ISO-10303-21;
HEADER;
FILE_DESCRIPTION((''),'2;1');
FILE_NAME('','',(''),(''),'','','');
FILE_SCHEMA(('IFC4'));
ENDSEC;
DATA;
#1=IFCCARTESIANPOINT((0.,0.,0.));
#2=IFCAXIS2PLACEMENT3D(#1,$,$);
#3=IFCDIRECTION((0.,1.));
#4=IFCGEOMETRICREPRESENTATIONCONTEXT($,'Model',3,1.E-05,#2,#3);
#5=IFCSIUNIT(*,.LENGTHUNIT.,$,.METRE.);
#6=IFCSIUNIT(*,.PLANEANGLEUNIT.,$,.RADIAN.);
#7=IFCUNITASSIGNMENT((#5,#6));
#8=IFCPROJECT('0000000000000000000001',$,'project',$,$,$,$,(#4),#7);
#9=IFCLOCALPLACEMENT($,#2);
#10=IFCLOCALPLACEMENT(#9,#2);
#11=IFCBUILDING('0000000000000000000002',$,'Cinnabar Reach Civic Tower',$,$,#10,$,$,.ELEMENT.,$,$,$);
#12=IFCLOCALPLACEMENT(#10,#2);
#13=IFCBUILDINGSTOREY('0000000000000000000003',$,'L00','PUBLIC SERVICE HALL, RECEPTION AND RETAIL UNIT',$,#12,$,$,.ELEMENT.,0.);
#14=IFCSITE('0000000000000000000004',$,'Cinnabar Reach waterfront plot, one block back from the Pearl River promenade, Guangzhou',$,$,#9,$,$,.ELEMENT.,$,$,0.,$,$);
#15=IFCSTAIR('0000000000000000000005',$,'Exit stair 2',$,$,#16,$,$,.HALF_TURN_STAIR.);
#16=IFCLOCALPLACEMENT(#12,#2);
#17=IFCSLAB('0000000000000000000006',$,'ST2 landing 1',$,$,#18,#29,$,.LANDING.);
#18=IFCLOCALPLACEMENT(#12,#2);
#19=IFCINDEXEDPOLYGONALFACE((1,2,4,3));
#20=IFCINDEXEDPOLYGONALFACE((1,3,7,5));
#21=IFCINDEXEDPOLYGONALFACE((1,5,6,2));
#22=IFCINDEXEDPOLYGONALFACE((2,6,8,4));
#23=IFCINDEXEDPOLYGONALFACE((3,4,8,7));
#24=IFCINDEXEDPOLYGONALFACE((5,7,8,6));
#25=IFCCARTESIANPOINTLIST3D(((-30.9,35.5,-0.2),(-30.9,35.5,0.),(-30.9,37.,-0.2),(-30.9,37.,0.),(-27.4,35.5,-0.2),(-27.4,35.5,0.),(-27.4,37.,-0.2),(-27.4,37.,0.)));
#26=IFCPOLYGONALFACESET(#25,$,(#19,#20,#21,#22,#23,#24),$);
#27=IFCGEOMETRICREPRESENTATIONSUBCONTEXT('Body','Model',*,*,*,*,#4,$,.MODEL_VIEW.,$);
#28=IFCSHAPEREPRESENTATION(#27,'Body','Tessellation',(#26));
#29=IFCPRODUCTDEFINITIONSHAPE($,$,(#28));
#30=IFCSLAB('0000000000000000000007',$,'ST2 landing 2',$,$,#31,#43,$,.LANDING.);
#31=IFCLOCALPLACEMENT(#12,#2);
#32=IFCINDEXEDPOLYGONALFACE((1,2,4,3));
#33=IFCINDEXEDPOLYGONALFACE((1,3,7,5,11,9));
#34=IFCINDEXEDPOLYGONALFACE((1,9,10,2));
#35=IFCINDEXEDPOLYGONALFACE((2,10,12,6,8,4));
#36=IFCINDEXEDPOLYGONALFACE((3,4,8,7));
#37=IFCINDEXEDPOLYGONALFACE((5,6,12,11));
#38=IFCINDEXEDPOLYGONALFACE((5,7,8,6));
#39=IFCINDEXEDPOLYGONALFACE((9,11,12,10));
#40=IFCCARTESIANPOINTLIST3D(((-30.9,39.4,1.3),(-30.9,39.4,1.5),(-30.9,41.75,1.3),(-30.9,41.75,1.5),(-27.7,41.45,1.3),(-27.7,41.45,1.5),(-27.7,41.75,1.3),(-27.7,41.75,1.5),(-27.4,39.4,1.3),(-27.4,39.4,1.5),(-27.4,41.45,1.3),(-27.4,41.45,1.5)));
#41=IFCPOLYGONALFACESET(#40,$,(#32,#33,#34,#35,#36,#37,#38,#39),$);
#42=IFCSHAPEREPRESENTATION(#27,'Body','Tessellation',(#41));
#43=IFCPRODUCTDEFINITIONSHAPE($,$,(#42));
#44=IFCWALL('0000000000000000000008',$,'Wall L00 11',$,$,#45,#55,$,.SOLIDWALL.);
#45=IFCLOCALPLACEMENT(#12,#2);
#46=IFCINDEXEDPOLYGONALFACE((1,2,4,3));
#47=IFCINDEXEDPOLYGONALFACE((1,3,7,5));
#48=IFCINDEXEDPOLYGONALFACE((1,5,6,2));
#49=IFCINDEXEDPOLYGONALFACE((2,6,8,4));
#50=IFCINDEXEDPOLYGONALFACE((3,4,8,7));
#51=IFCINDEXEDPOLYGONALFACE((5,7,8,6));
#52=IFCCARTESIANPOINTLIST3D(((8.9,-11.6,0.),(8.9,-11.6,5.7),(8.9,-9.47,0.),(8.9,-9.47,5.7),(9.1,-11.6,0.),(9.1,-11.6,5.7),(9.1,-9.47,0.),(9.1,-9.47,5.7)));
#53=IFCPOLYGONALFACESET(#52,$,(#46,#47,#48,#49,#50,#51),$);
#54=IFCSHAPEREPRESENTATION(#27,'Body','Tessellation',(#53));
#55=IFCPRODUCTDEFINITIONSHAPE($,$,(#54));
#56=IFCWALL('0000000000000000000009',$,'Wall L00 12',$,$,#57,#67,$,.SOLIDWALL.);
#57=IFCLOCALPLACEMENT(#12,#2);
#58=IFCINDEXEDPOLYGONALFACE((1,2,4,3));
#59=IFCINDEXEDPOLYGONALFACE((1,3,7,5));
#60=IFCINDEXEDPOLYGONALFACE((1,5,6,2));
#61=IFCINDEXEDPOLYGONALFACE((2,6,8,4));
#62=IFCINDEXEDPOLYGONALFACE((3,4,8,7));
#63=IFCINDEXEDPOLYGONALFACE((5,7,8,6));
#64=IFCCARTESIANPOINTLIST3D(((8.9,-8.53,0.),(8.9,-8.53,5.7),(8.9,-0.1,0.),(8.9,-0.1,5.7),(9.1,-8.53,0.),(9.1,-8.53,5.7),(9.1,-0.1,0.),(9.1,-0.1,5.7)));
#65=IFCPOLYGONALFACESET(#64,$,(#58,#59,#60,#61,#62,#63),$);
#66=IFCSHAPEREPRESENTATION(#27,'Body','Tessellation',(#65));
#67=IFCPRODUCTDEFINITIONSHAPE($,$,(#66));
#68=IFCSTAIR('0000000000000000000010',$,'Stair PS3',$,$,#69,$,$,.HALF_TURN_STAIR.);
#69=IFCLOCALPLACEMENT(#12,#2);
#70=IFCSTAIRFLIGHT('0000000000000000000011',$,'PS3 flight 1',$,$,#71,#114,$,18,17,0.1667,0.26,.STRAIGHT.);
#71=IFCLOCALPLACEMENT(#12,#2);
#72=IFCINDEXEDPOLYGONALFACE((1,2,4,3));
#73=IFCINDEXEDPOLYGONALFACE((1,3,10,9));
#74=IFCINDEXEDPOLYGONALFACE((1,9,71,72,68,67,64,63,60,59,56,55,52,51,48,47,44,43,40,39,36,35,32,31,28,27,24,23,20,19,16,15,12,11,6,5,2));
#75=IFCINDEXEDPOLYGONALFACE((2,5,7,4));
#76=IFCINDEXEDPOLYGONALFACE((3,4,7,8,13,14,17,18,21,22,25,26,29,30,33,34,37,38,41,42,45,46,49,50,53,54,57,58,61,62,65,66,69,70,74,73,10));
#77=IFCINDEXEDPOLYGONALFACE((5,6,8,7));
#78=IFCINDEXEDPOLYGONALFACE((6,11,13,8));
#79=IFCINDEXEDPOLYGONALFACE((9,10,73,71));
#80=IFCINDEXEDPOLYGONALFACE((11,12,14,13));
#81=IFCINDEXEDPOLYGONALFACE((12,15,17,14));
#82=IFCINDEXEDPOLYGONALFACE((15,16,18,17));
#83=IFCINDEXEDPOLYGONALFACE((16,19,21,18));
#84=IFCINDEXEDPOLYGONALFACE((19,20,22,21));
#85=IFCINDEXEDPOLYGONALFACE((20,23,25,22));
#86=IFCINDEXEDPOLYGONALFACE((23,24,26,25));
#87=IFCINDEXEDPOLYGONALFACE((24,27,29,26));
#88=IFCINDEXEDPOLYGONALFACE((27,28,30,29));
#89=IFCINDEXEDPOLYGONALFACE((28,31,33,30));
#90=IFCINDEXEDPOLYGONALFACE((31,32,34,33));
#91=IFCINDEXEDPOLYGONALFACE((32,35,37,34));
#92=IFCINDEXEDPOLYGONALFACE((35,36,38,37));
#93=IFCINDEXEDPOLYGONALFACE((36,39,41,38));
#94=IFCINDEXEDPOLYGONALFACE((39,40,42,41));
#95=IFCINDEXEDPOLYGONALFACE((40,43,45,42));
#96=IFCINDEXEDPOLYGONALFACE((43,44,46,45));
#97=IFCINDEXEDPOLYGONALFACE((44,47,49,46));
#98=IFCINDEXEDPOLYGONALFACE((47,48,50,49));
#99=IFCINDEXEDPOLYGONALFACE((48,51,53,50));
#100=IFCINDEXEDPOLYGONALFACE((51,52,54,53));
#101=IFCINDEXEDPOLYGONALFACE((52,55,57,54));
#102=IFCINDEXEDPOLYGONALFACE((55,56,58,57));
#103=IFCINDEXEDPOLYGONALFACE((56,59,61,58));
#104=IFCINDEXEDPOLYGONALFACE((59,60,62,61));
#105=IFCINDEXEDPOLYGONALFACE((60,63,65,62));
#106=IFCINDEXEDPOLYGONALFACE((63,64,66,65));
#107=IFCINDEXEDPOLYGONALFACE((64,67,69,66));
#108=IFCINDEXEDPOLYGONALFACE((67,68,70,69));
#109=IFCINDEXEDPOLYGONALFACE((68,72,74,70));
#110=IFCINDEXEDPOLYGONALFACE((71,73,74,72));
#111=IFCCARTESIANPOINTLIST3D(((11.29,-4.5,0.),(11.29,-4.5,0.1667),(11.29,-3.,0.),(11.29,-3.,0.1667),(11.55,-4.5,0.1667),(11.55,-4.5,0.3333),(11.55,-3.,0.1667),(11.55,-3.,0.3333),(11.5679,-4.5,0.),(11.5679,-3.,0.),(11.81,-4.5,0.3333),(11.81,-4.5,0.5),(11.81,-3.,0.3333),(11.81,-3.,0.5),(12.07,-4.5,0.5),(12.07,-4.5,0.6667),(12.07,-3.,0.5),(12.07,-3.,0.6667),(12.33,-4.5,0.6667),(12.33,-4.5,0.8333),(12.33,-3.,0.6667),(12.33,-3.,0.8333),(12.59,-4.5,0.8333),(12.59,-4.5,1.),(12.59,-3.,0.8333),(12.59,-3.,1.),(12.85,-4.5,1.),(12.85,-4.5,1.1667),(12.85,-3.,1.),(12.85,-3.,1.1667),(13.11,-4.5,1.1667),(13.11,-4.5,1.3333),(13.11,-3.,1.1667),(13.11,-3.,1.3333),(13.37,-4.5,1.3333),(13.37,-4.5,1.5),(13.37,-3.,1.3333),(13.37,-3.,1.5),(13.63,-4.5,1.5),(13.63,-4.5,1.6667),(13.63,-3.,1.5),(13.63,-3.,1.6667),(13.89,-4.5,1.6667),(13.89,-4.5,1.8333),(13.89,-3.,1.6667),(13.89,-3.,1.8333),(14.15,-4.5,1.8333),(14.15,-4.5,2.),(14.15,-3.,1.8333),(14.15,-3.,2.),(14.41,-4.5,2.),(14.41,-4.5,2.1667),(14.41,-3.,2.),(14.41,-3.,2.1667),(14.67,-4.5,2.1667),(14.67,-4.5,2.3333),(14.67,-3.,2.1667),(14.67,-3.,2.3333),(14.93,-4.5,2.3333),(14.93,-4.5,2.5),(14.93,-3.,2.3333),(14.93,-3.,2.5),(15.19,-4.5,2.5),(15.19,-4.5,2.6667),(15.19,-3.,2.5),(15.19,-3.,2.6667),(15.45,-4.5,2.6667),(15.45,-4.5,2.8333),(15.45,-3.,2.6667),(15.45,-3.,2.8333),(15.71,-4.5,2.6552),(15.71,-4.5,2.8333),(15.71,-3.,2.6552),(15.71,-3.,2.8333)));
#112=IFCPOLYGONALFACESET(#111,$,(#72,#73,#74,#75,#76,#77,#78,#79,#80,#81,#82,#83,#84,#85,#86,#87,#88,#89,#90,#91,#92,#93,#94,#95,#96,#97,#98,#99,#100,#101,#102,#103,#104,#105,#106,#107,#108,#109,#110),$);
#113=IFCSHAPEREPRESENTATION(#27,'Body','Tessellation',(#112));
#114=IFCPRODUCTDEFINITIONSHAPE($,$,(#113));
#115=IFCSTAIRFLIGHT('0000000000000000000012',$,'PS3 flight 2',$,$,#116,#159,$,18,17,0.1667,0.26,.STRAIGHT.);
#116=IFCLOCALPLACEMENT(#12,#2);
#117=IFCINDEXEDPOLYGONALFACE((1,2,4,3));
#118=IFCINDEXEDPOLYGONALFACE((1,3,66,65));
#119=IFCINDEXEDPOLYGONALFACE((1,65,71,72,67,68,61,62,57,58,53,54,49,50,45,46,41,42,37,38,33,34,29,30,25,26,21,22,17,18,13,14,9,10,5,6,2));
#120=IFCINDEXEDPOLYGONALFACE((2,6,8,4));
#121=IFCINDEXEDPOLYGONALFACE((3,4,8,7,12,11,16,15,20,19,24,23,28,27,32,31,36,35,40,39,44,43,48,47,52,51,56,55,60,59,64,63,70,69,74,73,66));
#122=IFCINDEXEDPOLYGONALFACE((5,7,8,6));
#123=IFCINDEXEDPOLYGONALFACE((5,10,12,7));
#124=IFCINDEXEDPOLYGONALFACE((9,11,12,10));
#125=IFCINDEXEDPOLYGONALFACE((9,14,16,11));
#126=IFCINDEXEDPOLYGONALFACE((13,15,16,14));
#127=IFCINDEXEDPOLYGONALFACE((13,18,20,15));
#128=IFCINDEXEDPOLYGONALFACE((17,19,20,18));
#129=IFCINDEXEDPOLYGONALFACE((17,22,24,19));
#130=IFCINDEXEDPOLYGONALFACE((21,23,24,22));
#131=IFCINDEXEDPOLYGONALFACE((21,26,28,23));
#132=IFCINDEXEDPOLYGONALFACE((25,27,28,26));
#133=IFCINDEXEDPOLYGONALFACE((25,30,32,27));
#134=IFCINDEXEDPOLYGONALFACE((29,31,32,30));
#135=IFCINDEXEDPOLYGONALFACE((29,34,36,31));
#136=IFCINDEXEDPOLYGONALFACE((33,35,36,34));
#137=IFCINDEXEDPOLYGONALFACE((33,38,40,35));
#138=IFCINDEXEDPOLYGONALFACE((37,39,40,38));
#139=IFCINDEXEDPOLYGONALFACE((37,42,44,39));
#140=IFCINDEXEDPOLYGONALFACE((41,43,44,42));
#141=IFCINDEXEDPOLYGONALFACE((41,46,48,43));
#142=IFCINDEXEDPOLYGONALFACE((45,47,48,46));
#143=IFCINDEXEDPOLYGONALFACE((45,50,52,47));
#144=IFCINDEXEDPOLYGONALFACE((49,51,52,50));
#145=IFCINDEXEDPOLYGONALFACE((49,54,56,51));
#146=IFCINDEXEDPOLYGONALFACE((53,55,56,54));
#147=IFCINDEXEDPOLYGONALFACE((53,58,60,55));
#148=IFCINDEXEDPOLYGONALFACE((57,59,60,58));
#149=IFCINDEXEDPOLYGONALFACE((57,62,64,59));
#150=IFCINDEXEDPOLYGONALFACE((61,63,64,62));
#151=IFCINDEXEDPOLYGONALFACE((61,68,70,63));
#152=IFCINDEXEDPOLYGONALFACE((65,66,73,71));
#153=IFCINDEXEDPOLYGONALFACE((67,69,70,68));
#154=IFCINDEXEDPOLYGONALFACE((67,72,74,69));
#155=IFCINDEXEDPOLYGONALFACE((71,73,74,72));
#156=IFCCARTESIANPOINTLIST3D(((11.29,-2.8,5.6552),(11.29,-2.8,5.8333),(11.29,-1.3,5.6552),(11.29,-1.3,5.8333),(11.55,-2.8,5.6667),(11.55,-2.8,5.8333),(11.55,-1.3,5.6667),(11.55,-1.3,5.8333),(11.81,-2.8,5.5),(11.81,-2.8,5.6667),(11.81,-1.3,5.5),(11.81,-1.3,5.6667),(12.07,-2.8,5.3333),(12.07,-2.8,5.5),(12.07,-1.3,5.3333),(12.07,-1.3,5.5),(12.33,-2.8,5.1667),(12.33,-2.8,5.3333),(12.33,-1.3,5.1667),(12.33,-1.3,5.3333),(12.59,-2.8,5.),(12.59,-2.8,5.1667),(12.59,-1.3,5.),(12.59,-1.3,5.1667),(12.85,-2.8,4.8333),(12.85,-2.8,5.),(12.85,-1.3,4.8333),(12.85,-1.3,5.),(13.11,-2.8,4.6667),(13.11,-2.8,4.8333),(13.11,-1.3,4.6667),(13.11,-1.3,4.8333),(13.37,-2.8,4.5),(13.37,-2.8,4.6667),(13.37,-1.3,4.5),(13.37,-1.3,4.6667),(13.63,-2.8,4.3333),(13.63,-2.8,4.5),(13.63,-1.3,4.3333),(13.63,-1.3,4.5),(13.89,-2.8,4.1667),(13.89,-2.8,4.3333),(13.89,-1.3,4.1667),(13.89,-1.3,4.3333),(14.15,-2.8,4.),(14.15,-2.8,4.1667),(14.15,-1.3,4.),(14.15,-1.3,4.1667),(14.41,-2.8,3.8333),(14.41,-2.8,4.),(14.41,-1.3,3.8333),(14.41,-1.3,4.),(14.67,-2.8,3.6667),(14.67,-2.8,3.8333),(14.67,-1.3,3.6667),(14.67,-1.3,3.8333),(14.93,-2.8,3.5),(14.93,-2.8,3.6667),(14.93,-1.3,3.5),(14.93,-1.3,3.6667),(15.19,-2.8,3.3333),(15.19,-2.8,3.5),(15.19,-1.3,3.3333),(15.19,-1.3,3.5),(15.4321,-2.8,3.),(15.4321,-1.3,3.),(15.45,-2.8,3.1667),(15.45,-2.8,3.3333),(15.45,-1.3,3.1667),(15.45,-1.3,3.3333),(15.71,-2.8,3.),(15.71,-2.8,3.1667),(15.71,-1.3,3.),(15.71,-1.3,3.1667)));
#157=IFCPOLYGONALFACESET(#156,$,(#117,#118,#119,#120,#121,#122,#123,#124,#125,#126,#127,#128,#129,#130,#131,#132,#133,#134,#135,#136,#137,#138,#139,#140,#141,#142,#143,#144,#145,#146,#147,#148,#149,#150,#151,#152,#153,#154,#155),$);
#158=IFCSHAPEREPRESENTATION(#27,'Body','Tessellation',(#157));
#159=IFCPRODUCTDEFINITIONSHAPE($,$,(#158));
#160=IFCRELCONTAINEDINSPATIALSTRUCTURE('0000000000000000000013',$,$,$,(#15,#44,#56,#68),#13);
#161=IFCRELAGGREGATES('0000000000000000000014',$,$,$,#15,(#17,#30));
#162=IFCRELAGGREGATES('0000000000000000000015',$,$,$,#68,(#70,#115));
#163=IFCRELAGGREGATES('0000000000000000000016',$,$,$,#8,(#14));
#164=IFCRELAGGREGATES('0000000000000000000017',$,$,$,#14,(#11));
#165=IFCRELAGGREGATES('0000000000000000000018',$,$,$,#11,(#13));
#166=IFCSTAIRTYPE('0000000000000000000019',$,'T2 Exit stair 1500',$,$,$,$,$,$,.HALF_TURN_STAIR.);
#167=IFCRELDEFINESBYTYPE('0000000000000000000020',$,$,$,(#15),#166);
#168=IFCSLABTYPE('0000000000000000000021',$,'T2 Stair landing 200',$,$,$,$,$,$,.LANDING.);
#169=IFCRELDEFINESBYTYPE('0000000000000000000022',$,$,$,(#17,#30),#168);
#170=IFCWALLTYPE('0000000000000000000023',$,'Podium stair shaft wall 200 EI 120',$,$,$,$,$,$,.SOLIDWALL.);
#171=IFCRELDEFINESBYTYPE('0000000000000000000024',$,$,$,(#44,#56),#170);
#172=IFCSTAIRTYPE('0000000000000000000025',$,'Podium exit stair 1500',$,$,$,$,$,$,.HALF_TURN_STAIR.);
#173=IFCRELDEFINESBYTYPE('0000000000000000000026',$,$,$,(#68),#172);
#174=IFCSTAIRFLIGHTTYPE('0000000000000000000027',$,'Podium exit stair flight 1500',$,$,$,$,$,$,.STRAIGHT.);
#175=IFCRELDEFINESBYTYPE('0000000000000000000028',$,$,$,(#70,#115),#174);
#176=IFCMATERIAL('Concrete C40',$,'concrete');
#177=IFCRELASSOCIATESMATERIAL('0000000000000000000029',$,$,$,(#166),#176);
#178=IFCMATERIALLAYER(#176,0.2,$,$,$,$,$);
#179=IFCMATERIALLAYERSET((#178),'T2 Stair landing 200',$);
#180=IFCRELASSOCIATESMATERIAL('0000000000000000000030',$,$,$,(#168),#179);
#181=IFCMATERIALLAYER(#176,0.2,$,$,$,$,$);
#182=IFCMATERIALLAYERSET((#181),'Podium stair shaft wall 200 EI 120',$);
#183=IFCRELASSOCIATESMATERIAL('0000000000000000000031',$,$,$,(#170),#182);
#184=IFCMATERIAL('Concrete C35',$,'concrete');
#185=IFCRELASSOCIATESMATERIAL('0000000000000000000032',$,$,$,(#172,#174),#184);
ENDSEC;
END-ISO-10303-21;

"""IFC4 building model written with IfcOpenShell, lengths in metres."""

from ifc_helpers import new_model, si_unit, direction, frame, frame_2d, origin, place, context, subcontext, project, spatial, polyline, rectangle, outline, extrude, material, layer, layer_set, type_object, element, aggregate, save


model = new_model("IFC4")

# Units and contexts
model_context = context("Model", 3, precision=1e-05, world=origin(), true_north=direction((0.0, 1.0)))
body_context = subcontext(model_context, "Body", "Model", "MODEL_VIEW")
ifc_project = project(units=[si_unit("LENGTHUNIT", "METRE"), si_unit("PLANEANGLEUNIT", "RADIAN")], contexts=[model_context])

# Site, building, storey
site_placement = place(None, origin())
site = spatial("IfcSite", under=ifc_project, at=site_placement, Name="Cinnabar Reach waterfront plot, one block back from the Pearl River promenade, Guangzhou", CompositionType="ELEMENT", RefElevation=0.0)
building_placement = place(site_placement, origin())
building = spatial("IfcBuilding", under=site, at=building_placement, Name="Cinnabar Reach Civic Tower", CompositionType="ELEMENT")
storey_placement = place(building_placement, origin())
storey = spatial("IfcBuildingStorey", under=building, at=storey_placement, Name="L00", Description="PUBLIC SERVICE HALL, RECEPTION AND RETAIL UNIT", CompositionType="ELEMENT", Elevation=0.0)

# Shared definitions
ifc_material_1 = material(Name="Concrete C40", Category="concrete")

# Stair, slabs
stair_type_1 = type_object("IfcStairType", Name="T2 Exit stair 1500", PredefinedType="HALF_TURN_STAIR", material=ifc_material_1)
ifc_layer_1 = layer(ifc_material_1, 0.2)
ifc_layer_set_1 = layer_set([ifc_layer_1], Name="T2 Stair landing 200")
slab_type_1 = type_object("IfcSlabType", Name="T2 Stair landing 200", PredefinedType="LANDING", material=ifc_layer_set_1)
stair_1_placement = place(storey_placement, origin())
stair_1 = element("IfcStair", 1, at=stair_1_placement, inside=storey, type_object=stair_type_1, Name="Exit stair 2", PredefinedType="HALF_TURN_STAIR")
slab_1_placement = place(storey_placement, frame((0.0, 0.0, -0.2)))
slab_1 = element("IfcSlab", 2, at=slab_1_placement, type_object=slab_type_1, Name="ST2 landing 1", PredefinedType="LANDING", context=body_context, shape_type="SweptSolid", body=[
    extrude(outline(polyline([(-30.9, 35.5), (-30.9, 37.0), (-27.4, 37.0), (-27.4, 35.5), (-30.9, 35.5)])), origin(), (0.0, 0.0, 1.0), 0.2),
])
slab_2_placement = place(storey_placement, frame((0.0, 0.0, 1.3)))
slab_2 = element("IfcSlab", 3, at=slab_2_placement, type_object=slab_type_1, Name="ST2 landing 2", PredefinedType="LANDING", context=body_context, shape_type="SweptSolid", body=[
    extrude(outline(polyline([(-27.4, 39.4), (-30.9, 39.4), (-30.9, 41.75), (-27.7, 41.75), (-27.7, 41.45), (-27.4, 41.45), (-27.4, 39.4)])), origin(), (0.0, 0.0, 1.0), 0.2),
])
aggregate(stair_1, [slab_1, slab_2])

# Walls
ifc_layer_2 = layer(ifc_material_1, 0.2)
ifc_layer_set_2 = layer_set([ifc_layer_2], Name="Podium stair shaft wall 200 EI 120")
wall_type = type_object("IfcWallType", Name="Podium stair shaft wall 200 EI 120", PredefinedType="SOLIDWALL", material=ifc_layer_set_2)
wall_1_placement = place(storey_placement, frame((9.0, -11.6, 0.0), z_axis=(0.0, 0.0, 1.0), x_axis=(0.0, 1.0, 0.0)))
element("IfcWall", 4, at=wall_1_placement, inside=storey, type_object=wall_type, Name="Wall L00 11", PredefinedType="SOLIDWALL", context=body_context, shape_type="SweptSolid", body=[
    extrude(rectangle(XDim=2.13, YDim=0.2, at=frame_2d((1.065, 0.0))), origin(), (0.0, 0.0, 1.0), 5.7),
])
wall_2_placement = place(storey_placement, frame((9.0, -8.53, 0.0), z_axis=(0.0, 0.0, 1.0), x_axis=(0.0, 1.0, 0.0)))
element("IfcWall", 5, at=wall_2_placement, inside=storey, type_object=wall_type, Name="Wall L00 12", PredefinedType="SOLIDWALL", context=body_context, shape_type="SweptSolid", body=[
    extrude(rectangle(XDim=8.43, YDim=0.2, at=frame_2d((4.215, 0.0))), origin(), (0.0, 0.0, 1.0), 5.7),
])

# Stair, stair flights
ifc_material_2 = material(Name="Concrete C35", Category="concrete")
stair_type_2 = type_object("IfcStairType", Name="Podium exit stair 1500", PredefinedType="HALF_TURN_STAIR", material=ifc_material_2)
stair_2_placement = place(storey_placement, origin())
stair_2 = element("IfcStair", 6, at=stair_2_placement, inside=storey, type_object=stair_type_2, Name="Stair PS3", PredefinedType="HALF_TURN_STAIR")
stair_flight_type = type_object("IfcStairFlightType", Name="Podium exit stair flight 1500", PredefinedType="STRAIGHT", material=ifc_material_2)
stair_flight_1_placement = place(storey_placement, frame((11.29, -3.75, 0.0), z_axis=(0.0, 0.0, 1.0), x_axis=(1.0, 0.0, 0.0)))
stair_flight_1 = element("IfcStairFlight", 7, at=stair_flight_1_placement, type_object=stair_flight_type, Name="PS3 flight 1", NumberOfRisers=18, NumberOfTreads=17, PredefinedType="STRAIGHT", RiserHeight=0.1667, TreadLength=0.26, context=body_context, shape_type="SweptSolid", body=[
    extrude(outline(polyline([(0.0, 0.0), (0.0, 0.1667), (0.26, 0.1667), (0.26, 0.3333), (0.52, 0.3333), (0.52, 0.5), (0.78, 0.5), (0.78, 0.6667), (1.04, 0.6667), (1.04, 0.8333), (1.3, 0.8333), (1.3, 1.0), (1.56, 1.0), (1.56, 1.1667), (1.82, 1.1667), (1.82, 1.3333), (2.08, 1.3333), (2.08, 1.5), (2.34, 1.5), (2.34, 1.6667), (2.6, 1.6667), (2.6, 1.8333), (2.86, 1.8333), (2.86, 2.0), (3.12, 2.0), (3.12, 2.1667), (3.38, 2.1667), (3.38, 2.3333), (3.64, 2.3333), (3.64, 2.5), (3.9, 2.5), (3.9, 2.6667), (4.16, 2.6667), (4.16, 2.8333), (4.42, 2.8333), (4.42, 3.0), (4.42, 2.6552), (0.2779, 0.0), (0.0, 0.0)])), frame((0.0, 0.75, 0.0), z_axis=(0.0, -1.0, 0.0), x_axis=(1.0, 0.0, 0.0)), (0.0, 0.0, 1.0), 1.5),
])
stair_flight_2_placement = place(storey_placement, frame((15.71, -2.05, 3.0), z_axis=(0.0, 0.0, 1.0), x_axis=(-1.0, 0.0, 0.0)))
stair_flight_2 = element("IfcStairFlight", 8, at=stair_flight_2_placement, type_object=stair_flight_type, Name="PS3 flight 2", NumberOfRisers=18, NumberOfTreads=17, PredefinedType="STRAIGHT", RiserHeight=0.1667, TreadLength=0.26, context=body_context, shape_type="SweptSolid", body=[
    extrude(outline(polyline([(0.0, 0.0), (0.0, 0.1667), (0.26, 0.1667), (0.26, 0.3333), (0.52, 0.3333), (0.52, 0.5), (0.78, 0.5), (0.78, 0.6667), (1.04, 0.6667), (1.04, 0.8333), (1.3, 0.8333), (1.3, 1.0), (1.56, 1.0), (1.56, 1.1667), (1.82, 1.1667), (1.82, 1.3333), (2.08, 1.3333), (2.08, 1.5), (2.34, 1.5), (2.34, 1.6667), (2.6, 1.6667), (2.6, 1.8333), (2.86, 1.8333), (2.86, 2.0), (3.12, 2.0), (3.12, 2.1667), (3.38, 2.1667), (3.38, 2.3333), (3.64, 2.3333), (3.64, 2.5), (3.9, 2.5), (3.9, 2.6667), (4.16, 2.6667), (4.16, 2.8333), (4.42, 2.8333), (4.42, 3.0), (4.42, 2.6552), (0.2779, 0.0), (0.0, 0.0)])), frame((0.0, 0.75, 0.0), z_axis=(0.0, -1.0, 0.0), x_axis=(1.0, 0.0, 0.0)), (0.0, 0.0, 1.0), 1.5),
])
aggregate(stair_2, [stair_flight_1, stair_flight_2])

save(model, "model.ifc")
